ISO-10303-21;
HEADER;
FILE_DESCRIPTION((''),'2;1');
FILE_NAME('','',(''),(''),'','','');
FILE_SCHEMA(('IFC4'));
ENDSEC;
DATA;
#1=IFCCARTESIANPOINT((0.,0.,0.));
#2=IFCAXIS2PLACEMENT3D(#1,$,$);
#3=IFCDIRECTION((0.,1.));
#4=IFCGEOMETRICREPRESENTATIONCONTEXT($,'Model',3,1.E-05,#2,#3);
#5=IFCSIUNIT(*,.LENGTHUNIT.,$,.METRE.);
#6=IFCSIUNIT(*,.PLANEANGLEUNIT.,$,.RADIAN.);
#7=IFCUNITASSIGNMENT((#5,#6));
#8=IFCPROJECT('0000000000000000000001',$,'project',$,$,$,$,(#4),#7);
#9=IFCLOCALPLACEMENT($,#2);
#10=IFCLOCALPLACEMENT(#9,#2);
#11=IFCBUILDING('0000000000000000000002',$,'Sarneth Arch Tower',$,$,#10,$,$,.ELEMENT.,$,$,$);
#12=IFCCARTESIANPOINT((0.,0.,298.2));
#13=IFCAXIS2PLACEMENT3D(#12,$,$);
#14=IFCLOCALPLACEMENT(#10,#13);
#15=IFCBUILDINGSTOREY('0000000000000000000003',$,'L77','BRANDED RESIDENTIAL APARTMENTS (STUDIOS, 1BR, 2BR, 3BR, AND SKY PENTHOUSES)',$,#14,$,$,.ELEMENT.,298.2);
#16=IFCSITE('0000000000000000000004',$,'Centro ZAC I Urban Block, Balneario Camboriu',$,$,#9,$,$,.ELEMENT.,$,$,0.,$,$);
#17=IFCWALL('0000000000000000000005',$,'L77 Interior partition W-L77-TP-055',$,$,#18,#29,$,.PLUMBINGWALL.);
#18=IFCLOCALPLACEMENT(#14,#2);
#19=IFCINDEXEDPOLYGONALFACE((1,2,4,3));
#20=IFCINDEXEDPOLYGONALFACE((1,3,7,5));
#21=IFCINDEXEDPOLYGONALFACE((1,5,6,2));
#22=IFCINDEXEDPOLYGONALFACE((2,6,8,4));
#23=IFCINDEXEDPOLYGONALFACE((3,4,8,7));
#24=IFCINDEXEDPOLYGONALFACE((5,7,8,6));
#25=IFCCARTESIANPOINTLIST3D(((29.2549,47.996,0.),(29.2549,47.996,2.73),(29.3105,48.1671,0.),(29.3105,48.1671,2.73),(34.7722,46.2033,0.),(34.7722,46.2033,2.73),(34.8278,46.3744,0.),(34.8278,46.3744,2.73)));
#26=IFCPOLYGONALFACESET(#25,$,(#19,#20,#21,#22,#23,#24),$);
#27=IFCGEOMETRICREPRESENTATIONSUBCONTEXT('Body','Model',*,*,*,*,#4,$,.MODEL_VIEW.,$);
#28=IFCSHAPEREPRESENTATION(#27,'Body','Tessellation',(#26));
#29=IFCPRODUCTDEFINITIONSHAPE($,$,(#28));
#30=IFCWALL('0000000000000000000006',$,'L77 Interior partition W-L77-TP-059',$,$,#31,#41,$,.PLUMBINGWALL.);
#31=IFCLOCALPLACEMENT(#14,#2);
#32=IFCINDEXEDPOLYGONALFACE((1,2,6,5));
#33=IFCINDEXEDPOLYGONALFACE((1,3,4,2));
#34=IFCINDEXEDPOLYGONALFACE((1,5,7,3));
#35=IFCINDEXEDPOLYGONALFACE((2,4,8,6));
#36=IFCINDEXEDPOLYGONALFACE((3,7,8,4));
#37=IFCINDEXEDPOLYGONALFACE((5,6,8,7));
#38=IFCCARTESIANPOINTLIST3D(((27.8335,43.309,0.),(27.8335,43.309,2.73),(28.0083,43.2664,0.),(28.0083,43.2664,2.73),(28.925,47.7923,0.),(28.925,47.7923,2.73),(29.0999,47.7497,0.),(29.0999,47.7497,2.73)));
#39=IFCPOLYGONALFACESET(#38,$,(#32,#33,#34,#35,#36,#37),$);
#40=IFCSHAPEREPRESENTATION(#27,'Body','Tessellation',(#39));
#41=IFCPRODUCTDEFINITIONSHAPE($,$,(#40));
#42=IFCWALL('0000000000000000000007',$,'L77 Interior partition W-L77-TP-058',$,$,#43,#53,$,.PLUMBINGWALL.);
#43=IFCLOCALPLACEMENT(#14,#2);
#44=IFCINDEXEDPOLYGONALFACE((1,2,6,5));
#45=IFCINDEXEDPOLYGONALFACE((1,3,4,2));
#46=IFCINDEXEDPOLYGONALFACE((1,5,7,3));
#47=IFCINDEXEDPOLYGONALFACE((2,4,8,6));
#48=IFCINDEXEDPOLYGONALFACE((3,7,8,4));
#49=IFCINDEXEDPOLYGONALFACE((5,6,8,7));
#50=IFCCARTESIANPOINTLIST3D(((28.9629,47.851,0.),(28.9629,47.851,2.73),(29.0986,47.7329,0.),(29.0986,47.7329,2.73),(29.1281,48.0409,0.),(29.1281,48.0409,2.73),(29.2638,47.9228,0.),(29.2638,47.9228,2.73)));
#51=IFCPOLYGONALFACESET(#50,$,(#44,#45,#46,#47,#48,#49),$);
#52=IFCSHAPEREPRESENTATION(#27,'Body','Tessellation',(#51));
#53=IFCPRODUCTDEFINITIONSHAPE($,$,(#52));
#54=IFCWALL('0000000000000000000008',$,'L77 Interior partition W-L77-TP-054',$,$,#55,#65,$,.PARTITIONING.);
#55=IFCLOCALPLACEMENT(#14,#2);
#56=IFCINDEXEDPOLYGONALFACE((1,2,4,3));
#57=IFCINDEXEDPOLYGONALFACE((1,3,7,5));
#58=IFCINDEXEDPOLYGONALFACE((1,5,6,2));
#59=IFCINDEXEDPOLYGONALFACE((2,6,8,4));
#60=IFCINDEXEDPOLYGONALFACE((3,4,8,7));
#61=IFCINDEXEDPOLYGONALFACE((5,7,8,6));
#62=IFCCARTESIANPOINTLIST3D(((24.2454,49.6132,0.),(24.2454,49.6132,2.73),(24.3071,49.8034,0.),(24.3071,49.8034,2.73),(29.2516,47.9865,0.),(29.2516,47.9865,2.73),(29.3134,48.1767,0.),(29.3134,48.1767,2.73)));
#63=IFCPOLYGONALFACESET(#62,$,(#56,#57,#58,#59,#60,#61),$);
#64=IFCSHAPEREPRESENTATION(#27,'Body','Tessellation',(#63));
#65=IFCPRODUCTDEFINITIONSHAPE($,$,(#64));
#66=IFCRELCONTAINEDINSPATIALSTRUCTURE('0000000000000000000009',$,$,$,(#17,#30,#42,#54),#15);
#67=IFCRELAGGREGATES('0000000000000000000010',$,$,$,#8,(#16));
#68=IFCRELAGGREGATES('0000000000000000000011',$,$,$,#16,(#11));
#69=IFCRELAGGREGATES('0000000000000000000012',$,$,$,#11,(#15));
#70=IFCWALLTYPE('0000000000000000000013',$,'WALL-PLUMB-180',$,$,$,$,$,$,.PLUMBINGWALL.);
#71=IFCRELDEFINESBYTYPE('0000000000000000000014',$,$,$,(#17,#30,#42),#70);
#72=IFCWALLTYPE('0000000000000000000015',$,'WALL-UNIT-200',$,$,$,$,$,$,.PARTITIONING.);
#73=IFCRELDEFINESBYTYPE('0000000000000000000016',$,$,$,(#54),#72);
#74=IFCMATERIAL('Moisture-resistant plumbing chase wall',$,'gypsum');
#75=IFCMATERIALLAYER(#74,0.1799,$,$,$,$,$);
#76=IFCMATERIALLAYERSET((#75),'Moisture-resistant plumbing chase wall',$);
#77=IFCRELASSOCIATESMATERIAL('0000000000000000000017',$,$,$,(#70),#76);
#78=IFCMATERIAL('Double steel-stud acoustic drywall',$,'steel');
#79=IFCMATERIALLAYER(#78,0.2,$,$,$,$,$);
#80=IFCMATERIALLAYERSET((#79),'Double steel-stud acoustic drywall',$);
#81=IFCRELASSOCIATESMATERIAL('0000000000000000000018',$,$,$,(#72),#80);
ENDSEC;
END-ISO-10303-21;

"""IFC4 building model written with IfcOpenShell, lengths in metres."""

from ifc_helpers import new_model, si_unit, direction, frame, frame_2d, origin, place, context, subcontext, project, spatial, rectangle, extrude, material, layer, layer_set, type_object, element, save


model = new_model("IFC4")

# Units and contexts
model_context = context("Model", 3, precision=1e-05, world=origin(), true_north=direction((0.0, 1.0)))
body_context = subcontext(model_context, "Body", "Model", "MODEL_VIEW")
ifc_project = project(units=[si_unit("LENGTHUNIT", "METRE"), si_unit("PLANEANGLEUNIT", "RADIAN")], contexts=[model_context])

# Site, building, storey
site_placement = place(None, origin())
site = spatial("IfcSite", under=ifc_project, at=site_placement, Name="Centro ZAC I Urban Block, Balneario Camboriu", CompositionType="ELEMENT", RefElevation=0.0)
building_placement = place(site_placement, origin())
building = spatial("IfcBuilding", under=site, at=building_placement, Name="Sarneth Arch Tower", CompositionType="ELEMENT")
storey_placement = place(building_placement, frame((0.0, 0.0, 298.2)))
storey = spatial("IfcBuildingStorey", under=building, at=storey_placement, Name="L77", Description="BRANDED RESIDENTIAL APARTMENTS (STUDIOS, 1BR, 2BR, 3BR, AND SKY PENTHOUSES)", CompositionType="ELEMENT", Elevation=298.2)

# Shared definitions
ifc_material_1 = material(Name="Moisture-resistant plumbing chase wall", Category="gypsum")
ifc_layer_1 = layer(ifc_material_1, 0.1799)
ifc_layer_set_1 = layer_set([ifc_layer_1], Name="Moisture-resistant plumbing chase wall")
wall_type_1 = type_object("IfcWallType", Name="WALL-PLUMB-180", PredefinedType="PLUMBINGWALL", material=ifc_layer_set_1)

# Walls
wall_1_placement = place(storey_placement, frame((29.2827, 48.0815, 0.0), z_axis=(0.0, 0.0, 1.0), x_axis=(0.951055, -0.309022, 0.0)))
element("IfcWall", 1, at=wall_1_placement, inside=storey, type_object=wall_type_1, Name="L77 Interior partition W-L77-TP-055", PredefinedType="PLUMBINGWALL", context=body_context, shape_type="SweptSolid", body=[
    extrude(rectangle(XDim=5.8013, YDim=0.1799, at=frame_2d((2.9006, 0.0))), origin(), (0.0, 0.0, 1.0), 2.73),
])
wall_2_placement = place(storey_placement, frame((29.0125, 47.771, 0.0), z_axis=(0.0, 0.0, 1.0), x_axis=(-0.236555, -0.971618, 0.0)))
element("IfcWall", 2, at=wall_2_placement, inside=storey, type_object=wall_type_1, Name="L77 Interior partition W-L77-TP-059", PredefinedType="PLUMBINGWALL", context=body_context, shape_type="SweptSolid", body=[
    extrude(rectangle(XDim=4.6143, YDim=0.1799, at=frame_2d((2.3071, 0.0))), origin(), (0.0, 0.0, 1.0), 2.73),
])
wall_3_placement = place(storey_placement, frame((29.196, 47.9819, 0.0), z_axis=(0.0, 0.0, 1.0), x_axis=(-0.656443, -0.754376, 0.0)))
element("IfcWall", 3, at=wall_3_placement, inside=storey, type_object=wall_type_1, Name="L77 Interior partition W-L77-TP-058", PredefinedType="PLUMBINGWALL", context=body_context, shape_type="SweptSolid", body=[
    extrude(rectangle(XDim=0.2517, YDim=0.1799, at=frame_2d((0.126, 0.0))), origin(), (0.0, 0.0, 1.0), 2.73),
])
ifc_material_2 = material(Name="Double steel-stud acoustic drywall", Category="steel")
ifc_layer_2 = layer(ifc_material_2, 0.2)
ifc_layer_set_2 = layer_set([ifc_layer_2], Name="Double steel-stud acoustic drywall")
wall_type_2 = type_object("IfcWallType", Name="WALL-UNIT-200", PredefinedType="PARTITIONING", material=ifc_layer_set_2)
wall_4_placement = place(storey_placement, frame((24.2764, 49.7083, 0.0), z_axis=(0.0, 0.0, 1.0), x_axis=(0.951054, -0.309025, 0.0)))
element("IfcWall", 4, at=wall_4_placement, inside=storey, type_object=wall_type_2, Name="L77 Interior partition W-L77-TP-054", PredefinedType="PARTITIONING", context=body_context, shape_type="SweptSolid", body=[
    extrude(rectangle(XDim=5.2639, YDim=0.2, at=frame_2d((2.6318, 0.0))), origin(), (0.0, 0.0, 1.0), 2.73),
])

save(model, "model.ifc")
